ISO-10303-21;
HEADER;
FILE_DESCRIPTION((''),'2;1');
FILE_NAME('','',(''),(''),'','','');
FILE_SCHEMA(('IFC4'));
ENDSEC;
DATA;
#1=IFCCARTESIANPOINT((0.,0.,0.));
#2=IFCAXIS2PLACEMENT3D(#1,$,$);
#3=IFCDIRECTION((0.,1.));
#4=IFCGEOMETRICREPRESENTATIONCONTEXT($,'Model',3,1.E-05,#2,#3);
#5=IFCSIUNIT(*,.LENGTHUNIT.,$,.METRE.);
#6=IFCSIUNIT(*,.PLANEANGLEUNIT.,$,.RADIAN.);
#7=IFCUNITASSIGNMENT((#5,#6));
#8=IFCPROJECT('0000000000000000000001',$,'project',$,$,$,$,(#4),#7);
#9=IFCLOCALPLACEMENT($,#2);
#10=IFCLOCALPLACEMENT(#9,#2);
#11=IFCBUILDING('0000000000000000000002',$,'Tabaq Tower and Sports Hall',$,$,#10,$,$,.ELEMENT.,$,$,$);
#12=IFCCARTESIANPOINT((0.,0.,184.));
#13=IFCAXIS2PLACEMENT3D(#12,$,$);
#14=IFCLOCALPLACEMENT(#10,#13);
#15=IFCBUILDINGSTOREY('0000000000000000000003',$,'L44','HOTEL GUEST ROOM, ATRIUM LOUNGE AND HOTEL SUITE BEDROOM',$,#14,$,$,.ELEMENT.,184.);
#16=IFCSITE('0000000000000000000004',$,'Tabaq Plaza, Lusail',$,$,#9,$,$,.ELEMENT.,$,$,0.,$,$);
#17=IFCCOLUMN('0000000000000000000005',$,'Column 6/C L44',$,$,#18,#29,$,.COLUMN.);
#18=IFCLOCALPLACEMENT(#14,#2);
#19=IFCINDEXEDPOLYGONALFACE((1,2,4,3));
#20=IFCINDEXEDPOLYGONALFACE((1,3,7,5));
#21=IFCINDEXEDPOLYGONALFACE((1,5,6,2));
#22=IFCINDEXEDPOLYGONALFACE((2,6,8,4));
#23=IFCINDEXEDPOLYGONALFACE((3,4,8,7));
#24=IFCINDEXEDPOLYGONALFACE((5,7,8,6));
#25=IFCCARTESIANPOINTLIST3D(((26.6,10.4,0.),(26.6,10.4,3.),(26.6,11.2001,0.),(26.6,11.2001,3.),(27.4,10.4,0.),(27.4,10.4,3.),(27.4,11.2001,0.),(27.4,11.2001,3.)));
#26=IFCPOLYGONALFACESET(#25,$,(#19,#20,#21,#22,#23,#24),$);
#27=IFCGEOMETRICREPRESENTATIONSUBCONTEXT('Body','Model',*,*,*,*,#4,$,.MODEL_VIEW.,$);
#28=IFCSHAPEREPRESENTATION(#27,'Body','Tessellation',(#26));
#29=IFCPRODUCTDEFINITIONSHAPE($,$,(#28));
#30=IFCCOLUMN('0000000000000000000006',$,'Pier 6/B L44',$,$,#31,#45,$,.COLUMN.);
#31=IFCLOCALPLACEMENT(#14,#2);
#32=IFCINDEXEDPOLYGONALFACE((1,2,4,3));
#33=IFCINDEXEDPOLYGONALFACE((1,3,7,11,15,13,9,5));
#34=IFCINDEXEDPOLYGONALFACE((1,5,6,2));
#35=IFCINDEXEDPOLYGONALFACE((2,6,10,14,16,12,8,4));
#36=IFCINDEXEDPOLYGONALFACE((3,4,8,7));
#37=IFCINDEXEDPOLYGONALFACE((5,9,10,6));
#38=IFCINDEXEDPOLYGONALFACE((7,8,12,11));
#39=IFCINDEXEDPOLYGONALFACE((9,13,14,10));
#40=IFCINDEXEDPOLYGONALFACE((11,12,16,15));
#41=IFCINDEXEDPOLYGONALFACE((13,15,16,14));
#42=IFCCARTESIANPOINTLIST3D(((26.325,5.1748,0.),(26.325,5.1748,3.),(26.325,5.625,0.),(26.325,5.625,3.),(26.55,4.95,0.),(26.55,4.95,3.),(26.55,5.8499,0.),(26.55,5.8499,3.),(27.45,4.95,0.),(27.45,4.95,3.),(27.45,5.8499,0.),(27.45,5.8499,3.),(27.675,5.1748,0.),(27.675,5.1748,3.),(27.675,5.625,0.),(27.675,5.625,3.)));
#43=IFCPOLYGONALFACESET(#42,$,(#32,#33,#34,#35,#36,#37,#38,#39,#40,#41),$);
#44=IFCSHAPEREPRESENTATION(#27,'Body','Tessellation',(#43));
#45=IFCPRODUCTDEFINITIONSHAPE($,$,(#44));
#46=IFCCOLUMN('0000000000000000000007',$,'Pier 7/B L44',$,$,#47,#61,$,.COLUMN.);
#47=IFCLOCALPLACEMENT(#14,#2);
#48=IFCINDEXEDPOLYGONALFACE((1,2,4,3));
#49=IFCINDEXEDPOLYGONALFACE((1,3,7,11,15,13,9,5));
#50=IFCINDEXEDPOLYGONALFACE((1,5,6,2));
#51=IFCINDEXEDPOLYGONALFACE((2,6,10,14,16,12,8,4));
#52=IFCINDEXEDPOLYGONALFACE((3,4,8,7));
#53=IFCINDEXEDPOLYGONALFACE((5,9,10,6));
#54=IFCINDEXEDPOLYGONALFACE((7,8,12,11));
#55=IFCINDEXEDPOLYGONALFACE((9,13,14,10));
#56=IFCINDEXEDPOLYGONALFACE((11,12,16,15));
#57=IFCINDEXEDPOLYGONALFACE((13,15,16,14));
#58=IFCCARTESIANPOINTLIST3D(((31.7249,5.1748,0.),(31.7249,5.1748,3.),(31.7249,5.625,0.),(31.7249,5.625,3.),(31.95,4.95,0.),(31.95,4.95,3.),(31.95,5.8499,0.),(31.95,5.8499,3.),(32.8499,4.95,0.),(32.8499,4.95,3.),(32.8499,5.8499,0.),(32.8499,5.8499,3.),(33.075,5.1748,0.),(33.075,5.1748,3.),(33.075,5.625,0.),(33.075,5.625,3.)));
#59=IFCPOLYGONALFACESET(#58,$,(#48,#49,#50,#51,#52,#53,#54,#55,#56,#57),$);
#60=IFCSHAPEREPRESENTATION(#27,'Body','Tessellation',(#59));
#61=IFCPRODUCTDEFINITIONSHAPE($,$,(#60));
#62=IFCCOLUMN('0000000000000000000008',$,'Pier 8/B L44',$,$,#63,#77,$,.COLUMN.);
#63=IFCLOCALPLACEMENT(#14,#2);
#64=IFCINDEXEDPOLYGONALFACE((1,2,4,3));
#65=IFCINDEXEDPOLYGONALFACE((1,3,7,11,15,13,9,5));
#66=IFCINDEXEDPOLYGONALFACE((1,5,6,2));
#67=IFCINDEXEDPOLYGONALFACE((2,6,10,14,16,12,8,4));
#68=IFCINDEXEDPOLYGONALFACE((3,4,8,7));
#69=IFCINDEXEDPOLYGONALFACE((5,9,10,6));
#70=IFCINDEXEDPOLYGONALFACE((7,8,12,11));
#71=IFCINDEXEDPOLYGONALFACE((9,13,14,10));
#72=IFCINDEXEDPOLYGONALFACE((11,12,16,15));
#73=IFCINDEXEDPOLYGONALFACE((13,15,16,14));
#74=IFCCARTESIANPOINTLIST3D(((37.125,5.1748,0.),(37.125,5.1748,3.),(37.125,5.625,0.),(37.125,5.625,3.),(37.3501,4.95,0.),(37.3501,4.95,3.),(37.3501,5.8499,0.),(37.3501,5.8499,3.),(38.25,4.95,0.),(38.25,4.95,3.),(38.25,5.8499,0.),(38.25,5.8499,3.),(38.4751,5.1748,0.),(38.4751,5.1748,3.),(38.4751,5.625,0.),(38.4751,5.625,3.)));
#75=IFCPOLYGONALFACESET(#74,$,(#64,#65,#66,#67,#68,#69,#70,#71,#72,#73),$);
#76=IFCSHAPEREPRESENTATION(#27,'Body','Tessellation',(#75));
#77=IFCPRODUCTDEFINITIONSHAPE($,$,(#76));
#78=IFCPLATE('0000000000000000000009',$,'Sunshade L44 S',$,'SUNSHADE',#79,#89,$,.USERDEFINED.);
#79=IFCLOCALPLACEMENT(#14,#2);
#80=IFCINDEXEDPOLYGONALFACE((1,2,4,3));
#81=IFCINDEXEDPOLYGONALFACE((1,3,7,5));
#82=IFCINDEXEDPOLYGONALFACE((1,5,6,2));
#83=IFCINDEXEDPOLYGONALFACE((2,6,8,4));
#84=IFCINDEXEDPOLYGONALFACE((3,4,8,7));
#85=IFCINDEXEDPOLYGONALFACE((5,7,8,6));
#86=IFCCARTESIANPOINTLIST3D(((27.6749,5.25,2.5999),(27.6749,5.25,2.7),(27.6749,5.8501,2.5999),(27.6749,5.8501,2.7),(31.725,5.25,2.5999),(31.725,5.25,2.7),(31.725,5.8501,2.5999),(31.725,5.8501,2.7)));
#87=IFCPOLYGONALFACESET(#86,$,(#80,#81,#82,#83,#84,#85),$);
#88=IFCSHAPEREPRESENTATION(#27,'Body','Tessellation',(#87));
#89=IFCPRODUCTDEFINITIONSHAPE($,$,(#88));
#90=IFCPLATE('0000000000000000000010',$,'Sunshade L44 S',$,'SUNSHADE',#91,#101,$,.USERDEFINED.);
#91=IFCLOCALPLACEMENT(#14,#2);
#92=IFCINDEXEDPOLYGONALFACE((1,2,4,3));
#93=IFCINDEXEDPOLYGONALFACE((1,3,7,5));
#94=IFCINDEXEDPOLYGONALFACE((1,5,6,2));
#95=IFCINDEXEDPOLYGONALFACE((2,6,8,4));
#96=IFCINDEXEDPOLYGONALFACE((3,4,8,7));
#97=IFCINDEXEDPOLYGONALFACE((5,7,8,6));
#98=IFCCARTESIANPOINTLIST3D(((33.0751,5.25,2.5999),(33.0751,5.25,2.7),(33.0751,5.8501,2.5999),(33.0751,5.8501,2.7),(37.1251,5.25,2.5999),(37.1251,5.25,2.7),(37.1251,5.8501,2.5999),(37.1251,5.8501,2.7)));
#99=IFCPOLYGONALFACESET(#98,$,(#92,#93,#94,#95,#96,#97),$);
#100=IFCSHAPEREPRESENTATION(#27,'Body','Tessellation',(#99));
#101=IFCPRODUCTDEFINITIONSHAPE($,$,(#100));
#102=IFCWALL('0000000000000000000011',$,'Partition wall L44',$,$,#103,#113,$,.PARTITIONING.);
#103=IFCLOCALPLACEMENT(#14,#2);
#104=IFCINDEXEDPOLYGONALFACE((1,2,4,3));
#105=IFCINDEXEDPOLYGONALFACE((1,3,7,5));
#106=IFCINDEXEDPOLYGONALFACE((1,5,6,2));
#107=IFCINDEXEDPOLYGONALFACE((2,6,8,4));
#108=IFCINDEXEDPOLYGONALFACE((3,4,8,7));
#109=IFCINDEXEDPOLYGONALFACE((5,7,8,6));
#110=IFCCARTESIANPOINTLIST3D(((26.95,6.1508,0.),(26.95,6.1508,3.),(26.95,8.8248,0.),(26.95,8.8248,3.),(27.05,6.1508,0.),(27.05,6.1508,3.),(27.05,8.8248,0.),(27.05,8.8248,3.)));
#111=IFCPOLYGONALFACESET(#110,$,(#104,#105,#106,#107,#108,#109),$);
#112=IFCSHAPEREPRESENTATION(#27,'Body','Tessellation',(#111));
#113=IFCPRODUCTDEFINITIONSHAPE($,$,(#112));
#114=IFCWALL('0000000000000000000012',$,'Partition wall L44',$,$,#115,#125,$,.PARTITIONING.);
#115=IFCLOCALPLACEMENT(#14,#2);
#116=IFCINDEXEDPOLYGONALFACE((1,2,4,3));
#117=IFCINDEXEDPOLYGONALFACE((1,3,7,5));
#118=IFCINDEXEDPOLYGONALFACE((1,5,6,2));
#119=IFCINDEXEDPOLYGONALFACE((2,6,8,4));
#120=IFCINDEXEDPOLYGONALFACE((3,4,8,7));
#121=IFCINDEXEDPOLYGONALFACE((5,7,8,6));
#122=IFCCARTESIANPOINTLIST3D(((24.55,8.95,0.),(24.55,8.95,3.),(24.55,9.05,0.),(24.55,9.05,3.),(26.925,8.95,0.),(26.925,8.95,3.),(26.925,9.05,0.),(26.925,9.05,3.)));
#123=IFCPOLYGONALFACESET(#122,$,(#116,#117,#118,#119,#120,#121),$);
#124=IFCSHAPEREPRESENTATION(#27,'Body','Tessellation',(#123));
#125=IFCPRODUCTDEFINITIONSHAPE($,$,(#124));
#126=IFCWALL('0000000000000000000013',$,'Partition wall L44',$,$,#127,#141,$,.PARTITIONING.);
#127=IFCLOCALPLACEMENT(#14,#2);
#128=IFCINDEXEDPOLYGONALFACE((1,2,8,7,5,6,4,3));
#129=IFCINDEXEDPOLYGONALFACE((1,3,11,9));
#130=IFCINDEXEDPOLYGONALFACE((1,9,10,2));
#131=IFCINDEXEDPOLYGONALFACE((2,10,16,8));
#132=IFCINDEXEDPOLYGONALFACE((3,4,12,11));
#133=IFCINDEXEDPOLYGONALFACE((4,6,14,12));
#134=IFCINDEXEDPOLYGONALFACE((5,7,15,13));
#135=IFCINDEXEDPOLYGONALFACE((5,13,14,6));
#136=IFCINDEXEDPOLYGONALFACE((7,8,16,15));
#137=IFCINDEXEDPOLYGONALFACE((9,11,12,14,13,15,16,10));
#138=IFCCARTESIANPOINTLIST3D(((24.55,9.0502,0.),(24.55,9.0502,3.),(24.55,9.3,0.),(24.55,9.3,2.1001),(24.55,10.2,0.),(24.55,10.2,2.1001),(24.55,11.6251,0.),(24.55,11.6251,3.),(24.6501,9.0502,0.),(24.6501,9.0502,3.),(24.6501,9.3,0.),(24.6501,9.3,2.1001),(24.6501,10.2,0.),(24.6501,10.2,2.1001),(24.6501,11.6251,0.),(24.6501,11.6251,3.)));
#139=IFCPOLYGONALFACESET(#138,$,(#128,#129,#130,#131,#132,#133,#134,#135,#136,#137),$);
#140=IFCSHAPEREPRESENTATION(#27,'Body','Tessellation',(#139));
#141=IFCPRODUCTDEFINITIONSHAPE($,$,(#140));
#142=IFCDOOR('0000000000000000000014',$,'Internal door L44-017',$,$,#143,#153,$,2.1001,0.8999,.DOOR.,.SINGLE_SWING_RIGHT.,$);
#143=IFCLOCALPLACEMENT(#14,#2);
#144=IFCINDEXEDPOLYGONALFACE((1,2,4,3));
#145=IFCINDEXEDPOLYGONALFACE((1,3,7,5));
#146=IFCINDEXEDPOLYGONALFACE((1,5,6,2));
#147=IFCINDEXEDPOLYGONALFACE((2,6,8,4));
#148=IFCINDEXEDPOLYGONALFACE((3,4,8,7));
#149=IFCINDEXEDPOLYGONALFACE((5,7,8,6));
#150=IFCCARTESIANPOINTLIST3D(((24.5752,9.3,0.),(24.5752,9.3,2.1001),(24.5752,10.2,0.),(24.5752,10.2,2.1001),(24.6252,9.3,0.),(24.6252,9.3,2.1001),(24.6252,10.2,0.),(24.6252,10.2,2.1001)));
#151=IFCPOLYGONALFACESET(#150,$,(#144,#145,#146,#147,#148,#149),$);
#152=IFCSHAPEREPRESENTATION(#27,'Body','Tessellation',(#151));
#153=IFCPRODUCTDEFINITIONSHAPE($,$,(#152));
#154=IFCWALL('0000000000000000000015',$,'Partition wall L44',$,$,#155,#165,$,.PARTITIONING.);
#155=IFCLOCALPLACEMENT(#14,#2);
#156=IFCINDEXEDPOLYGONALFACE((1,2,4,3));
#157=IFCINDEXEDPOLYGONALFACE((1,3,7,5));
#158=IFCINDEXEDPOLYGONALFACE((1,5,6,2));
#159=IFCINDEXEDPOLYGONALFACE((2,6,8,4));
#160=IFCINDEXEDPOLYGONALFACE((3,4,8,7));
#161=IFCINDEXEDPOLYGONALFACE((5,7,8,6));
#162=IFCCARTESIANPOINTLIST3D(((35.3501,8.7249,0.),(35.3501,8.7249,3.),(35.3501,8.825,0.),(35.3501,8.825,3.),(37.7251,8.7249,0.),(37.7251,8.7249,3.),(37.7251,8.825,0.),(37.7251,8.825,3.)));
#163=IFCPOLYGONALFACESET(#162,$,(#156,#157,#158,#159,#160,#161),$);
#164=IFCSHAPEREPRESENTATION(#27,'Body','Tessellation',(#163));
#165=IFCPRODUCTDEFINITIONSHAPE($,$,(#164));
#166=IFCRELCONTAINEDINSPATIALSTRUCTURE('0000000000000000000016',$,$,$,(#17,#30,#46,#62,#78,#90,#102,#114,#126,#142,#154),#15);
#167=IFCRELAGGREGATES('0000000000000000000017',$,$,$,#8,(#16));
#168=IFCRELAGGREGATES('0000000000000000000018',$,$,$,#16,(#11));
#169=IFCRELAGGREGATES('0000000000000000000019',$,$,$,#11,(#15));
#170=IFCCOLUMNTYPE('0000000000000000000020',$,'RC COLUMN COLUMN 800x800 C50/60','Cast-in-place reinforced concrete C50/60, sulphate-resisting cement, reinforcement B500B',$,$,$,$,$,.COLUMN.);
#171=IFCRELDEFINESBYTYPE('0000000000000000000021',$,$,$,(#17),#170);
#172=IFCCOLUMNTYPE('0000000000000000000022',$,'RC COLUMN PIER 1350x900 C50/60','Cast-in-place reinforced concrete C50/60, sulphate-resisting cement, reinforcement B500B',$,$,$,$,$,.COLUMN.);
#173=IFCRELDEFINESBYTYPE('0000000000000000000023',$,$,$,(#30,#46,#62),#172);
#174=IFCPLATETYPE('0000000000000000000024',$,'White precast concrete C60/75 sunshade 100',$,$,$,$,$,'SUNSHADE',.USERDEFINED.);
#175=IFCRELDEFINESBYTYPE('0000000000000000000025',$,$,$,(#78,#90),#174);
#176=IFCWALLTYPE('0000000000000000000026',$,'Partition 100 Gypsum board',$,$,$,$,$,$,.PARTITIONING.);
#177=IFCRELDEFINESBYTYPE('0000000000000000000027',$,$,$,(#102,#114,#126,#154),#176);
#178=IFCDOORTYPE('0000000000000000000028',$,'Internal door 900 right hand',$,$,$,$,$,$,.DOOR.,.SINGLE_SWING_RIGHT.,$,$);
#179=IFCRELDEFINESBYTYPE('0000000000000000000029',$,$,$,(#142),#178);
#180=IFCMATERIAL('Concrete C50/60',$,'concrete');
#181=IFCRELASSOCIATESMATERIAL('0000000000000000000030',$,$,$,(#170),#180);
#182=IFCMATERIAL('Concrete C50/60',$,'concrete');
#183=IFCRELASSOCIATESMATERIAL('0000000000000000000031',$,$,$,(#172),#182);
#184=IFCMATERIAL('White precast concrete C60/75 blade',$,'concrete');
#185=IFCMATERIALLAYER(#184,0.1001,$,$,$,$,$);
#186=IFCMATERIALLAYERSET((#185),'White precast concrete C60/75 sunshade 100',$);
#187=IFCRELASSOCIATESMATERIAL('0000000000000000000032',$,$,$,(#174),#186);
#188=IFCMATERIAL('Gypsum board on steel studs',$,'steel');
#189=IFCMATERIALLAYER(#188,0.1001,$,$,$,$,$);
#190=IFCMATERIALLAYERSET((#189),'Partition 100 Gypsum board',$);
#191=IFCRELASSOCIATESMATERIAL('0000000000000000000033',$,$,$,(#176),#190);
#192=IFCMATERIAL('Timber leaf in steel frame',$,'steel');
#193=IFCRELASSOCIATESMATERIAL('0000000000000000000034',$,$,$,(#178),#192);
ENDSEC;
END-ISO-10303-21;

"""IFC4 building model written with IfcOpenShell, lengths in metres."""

from ifc_helpers import new_model, si_unit, direction, frame, frame_2d, origin, origin_2d, place, context, subcontext, project, spatial, polyline, rectangle, outline, extrude, material, layer, layer_set, material_profile, profile_set, type_object, element, fill, save


model = new_model("IFC4")

# Units and contexts
model_context = context("Model", 3, precision=1e-05, world=origin(), true_north=direction((0.0, 1.0)))
body_context = subcontext(model_context, "Body", "Model", "MODEL_VIEW")
ifc_project = project(units=[si_unit("LENGTHUNIT", "METRE"), si_unit("PLANEANGLEUNIT", "RADIAN")], contexts=[model_context])

# Site, building, storey
site_placement = place(None, origin())
site = spatial("IfcSite", under=ifc_project, at=site_placement, Name="Tabaq Plaza, Lusail", CompositionType="ELEMENT", RefElevation=0.0)
building_placement = place(site_placement, origin())
building = spatial("IfcBuilding", under=site, at=building_placement, Name="Tabaq Tower and Sports Hall", CompositionType="ELEMENT")
storey_placement = place(building_placement, frame((0.0, 0.0, 184.0)))
storey = spatial("IfcBuildingStorey", under=building, at=storey_placement, Name="L44", Description="HOTEL GUEST ROOM, ATRIUM LOUNGE AND HOTEL SUITE BEDROOM", CompositionType="ELEMENT", Elevation=184.0)

# Columns
ifc_material_1 = material(Name="Concrete C50/60", Category="concrete")
ifc_material_profile_1 = material_profile(ifc_material_1, rectangle(XDim=0.8, YDim=0.8, at=origin_2d()), Name="COLUMN 800x800")
ifc_profile_set_1 = profile_set([ifc_material_profile_1], Name="Concrete C50/60")
column_type_1 = type_object("IfcColumnType", Name="RC COLUMN COLUMN 800x800 C50/60", Description="Cast-in-place reinforced concrete C50/60, sulphate-resisting cement, reinforcement B500B", PredefinedType="COLUMN", material=ifc_profile_set_1)
column_placement = place(storey_placement, frame((27.0, 10.8, 0.0), z_axis=(0.0, 0.0, 1.0), x_axis=(1.0, 0.0, 0.0)))
element("IfcColumn", 1, at=column_placement, inside=storey, type_object=column_type_1, Name="Column 6/C L44", PredefinedType="COLUMN", context=body_context, shape_type="SweptSolid", body=[
    extrude(rectangle(XDim=0.8, YDim=0.8, at=origin_2d()), origin(), (0.0, 0.0, 1.0), 3.0),
])
ifc_material_2 = material(Name="Concrete C50/60", Category="concrete")
ifc_material_profile_2 = material_profile(ifc_material_2, outline(polyline([(-0.45, -0.45), (0.45, -0.45), (0.675, -0.2251), (0.675, 0.2251), (0.45, 0.45), (-0.45, 0.45), (-0.675, 0.2251), (-0.675, -0.2251), (-0.45, -0.45)])), Name="PIER 1350x900")
ifc_profile_set_2 = profile_set([ifc_material_profile_2], Name="Concrete C50/60")
column_type_2 = type_object("IfcColumnType", Name="RC COLUMN PIER 1350x900 C50/60", Description="Cast-in-place reinforced concrete C50/60, sulphate-resisting cement, reinforcement B500B", PredefinedType="COLUMN", material=ifc_profile_set_2)
for number, where, z_axis, x_axis, name in (
    (2, (27.0, 5.3999, 0.0), (0.0, 0.0, 1.0), (1.0, 0.0, 0.0), "Pier 6/B L44"),
    (3, (32.3999, 5.3999, 0.0), (0.0, 0.0, 1.0), (1.0, 0.0, 0.0), "Pier 7/B L44"),
    (4, (37.8, 5.3999, 0.0), (0.0, 0.0, 1.0), (1.0, 0.0, 0.0), "Pier 8/B L44"),
):
    element("IfcColumn", number, at=place(storey_placement, frame(where, z_axis=z_axis, x_axis=x_axis)), inside=storey, type_object=column_type_2, Name=name, PredefinedType="COLUMN", context=body_context, shape_type="SweptSolid", body=[
        extrude(outline(polyline([(-0.45, -0.45), (0.45, -0.45), (0.675, -0.2251), (0.675, 0.2251), (0.45, 0.45), (-0.45, 0.45), (-0.675, 0.2251), (-0.675, -0.2251), (-0.45, -0.45)])), origin(), (0.0, 0.0, 1.0), 3.0),
    ])

# Plates
ifc_material_3 = material(Name="White precast concrete C60/75 blade", Category="concrete")
ifc_layer_1 = layer(ifc_material_3, 0.1001)
ifc_layer_set_1 = layer_set([ifc_layer_1], Name="White precast concrete C60/75 sunshade 100")
plate_type = type_object("IfcPlateType", Name="White precast concrete C60/75 sunshade 100", ElementType="SUNSHADE", PredefinedType="USERDEFINED", material=ifc_layer_set_1)
for number, where, z_axis, x_axis, name in (
    (5, (29.7, 5.55, 2.5999), (0.0, 0.0, 1.0), (1.0, 0.0, 0.0), "Sunshade L44 S"),
    (6, (35.1001, 5.55, 2.5999), (0.0, 0.0, 1.0), (1.0, 0.0, 0.0), "Sunshade L44 S"),
):
    element("IfcPlate", number, at=place(storey_placement, frame(where, z_axis=z_axis, x_axis=x_axis)), inside=storey, type_object=plate_type, Name=name, ObjectType="SUNSHADE", PredefinedType="USERDEFINED", context=body_context, shape_type="SweptSolid", body=[
        extrude(rectangle(XDim=4.05, YDim=0.6001, at=origin_2d()), origin(), (0.0, 0.0, 1.0), 0.1001),
    ])

# Walls
ifc_material_4 = material(Name="Gypsum board on steel studs", Category="steel")
ifc_layer_2 = layer(ifc_material_4, 0.1001)
ifc_layer_set_2 = layer_set([ifc_layer_2], Name="Partition 100 Gypsum board")
wall_type_1 = type_object("IfcWallType", Name="Partition 100 Gypsum board", PredefinedType="PARTITIONING", material=ifc_layer_set_2)
wall_1_placement = place(storey_placement, frame((27.0, 6.1509, 0.0), z_axis=(0.0, 0.0, 1.0), x_axis=(0.0, 1.0, 0.0)))
element("IfcWall", 7, at=wall_1_placement, inside=storey, type_object=wall_type_1, Name="Partition wall L44", PredefinedType="PARTITIONING", context=body_context, shape_type="SweptSolid", body=[
    extrude(rectangle(XDim=2.6741, YDim=0.1001, at=frame_2d((1.3369, 0.0))), origin(), (0.0, 0.0, 1.0), 3.0),
])
wall_2_placement = place(storey_placement, frame((26.925, 9.0, 0.0), z_axis=(0.0, 0.0, 1.0), x_axis=(-1.0, 0.0, 0.0)))
element("IfcWall", 8, at=wall_2_placement, inside=storey, type_object=wall_type_1, Name="Partition wall L44", PredefinedType="PARTITIONING", context=body_context, shape_type="SweptSolid", body=[
    extrude(rectangle(XDim=2.375, YDim=0.1001, at=frame_2d((1.1875, 0.0))), origin(), (0.0, 0.0, 1.0), 3.0),
])

# Wall, opening, door
wall_3_placement = place(storey_placement, frame((24.6001, 9.05, 0.0), z_axis=(0.0, 0.0, 1.0), x_axis=(0.0, 1.0, 0.0)))
wall_3 = element("IfcWall", 9, at=wall_3_placement, inside=storey, type_object=wall_type_1, Name="Partition wall L44", PredefinedType="PARTITIONING", context=body_context, shape_type="SweptSolid", body=[
    extrude(rectangle(XDim=2.575, YDim=0.1001, at=frame_2d((1.2876, 0.0))), origin(), (0.0, 0.0, 1.0), 3.0),
])
opening_1_placement = place(wall_3_placement, frame((0.25, 0.0, 0.0)))
opening_1 = element("IfcOpeningElement", 10, at=opening_1_placement, cuts=wall_3, PredefinedType="OPENING", context=body_context, shape_type="SweptSolid", body=[
    extrude(rectangle(XDim=0.8999, YDim=2.1001, at=frame_2d((0.45, 1.05))), frame((0.0, 0.05, 0.0), z_axis=(0.0, -1.0, 0.0), x_axis=(1.0, 0.0, 0.0)), (0.0, 0.0, 1.0), 0.1001),
])
ifc_material_5 = material(Name="Timber leaf in steel frame", Category="steel")
door_type_1 = type_object("IfcDoorType", Name="Internal door 900 right hand", OperationType="SINGLE_SWING_RIGHT", PredefinedType="DOOR", material=ifc_material_5)
door_1_placement = place(opening_1_placement, origin())
door_1 = element("IfcDoor", 11, at=door_1_placement, inside=storey, type_object=door_type_1, Name="Internal door L44-017", OperationType="SINGLE_SWING_RIGHT", OverallHeight=2.1001, OverallWidth=0.8999, PredefinedType="DOOR", context=body_context, shape_type="SweptSolid", body=[
    extrude(rectangle(XDim=0.8999, YDim=2.1001, at=frame_2d((0.45, 1.05))), frame((0.0, 0.0249, 0.0), z_axis=(0.0, -1.0, 0.0), x_axis=(1.0, 0.0, 0.0)), (0.0, 0.0, 1.0), 0.05),
])
fill(opening_1, door_1)

# Wall
wall_4_placement = place(storey_placement, frame((37.7251, 8.7749, 0.0), z_axis=(0.0, 0.0, 1.0), x_axis=(-1.0, 0.0, 0.0)))
element("IfcWall", 12, at=wall_4_placement, inside=storey, type_object=wall_type_1, Name="Partition wall L44", PredefinedType="PARTITIONING", context=body_context, shape_type="SweptSolid", body=[
    extrude(rectangle(XDim=2.375, YDim=0.1001, at=frame_2d((1.1875, 0.0))), origin(), (0.0, 0.0, 1.0), 3.0),
])

save(model, "model.ifc")
